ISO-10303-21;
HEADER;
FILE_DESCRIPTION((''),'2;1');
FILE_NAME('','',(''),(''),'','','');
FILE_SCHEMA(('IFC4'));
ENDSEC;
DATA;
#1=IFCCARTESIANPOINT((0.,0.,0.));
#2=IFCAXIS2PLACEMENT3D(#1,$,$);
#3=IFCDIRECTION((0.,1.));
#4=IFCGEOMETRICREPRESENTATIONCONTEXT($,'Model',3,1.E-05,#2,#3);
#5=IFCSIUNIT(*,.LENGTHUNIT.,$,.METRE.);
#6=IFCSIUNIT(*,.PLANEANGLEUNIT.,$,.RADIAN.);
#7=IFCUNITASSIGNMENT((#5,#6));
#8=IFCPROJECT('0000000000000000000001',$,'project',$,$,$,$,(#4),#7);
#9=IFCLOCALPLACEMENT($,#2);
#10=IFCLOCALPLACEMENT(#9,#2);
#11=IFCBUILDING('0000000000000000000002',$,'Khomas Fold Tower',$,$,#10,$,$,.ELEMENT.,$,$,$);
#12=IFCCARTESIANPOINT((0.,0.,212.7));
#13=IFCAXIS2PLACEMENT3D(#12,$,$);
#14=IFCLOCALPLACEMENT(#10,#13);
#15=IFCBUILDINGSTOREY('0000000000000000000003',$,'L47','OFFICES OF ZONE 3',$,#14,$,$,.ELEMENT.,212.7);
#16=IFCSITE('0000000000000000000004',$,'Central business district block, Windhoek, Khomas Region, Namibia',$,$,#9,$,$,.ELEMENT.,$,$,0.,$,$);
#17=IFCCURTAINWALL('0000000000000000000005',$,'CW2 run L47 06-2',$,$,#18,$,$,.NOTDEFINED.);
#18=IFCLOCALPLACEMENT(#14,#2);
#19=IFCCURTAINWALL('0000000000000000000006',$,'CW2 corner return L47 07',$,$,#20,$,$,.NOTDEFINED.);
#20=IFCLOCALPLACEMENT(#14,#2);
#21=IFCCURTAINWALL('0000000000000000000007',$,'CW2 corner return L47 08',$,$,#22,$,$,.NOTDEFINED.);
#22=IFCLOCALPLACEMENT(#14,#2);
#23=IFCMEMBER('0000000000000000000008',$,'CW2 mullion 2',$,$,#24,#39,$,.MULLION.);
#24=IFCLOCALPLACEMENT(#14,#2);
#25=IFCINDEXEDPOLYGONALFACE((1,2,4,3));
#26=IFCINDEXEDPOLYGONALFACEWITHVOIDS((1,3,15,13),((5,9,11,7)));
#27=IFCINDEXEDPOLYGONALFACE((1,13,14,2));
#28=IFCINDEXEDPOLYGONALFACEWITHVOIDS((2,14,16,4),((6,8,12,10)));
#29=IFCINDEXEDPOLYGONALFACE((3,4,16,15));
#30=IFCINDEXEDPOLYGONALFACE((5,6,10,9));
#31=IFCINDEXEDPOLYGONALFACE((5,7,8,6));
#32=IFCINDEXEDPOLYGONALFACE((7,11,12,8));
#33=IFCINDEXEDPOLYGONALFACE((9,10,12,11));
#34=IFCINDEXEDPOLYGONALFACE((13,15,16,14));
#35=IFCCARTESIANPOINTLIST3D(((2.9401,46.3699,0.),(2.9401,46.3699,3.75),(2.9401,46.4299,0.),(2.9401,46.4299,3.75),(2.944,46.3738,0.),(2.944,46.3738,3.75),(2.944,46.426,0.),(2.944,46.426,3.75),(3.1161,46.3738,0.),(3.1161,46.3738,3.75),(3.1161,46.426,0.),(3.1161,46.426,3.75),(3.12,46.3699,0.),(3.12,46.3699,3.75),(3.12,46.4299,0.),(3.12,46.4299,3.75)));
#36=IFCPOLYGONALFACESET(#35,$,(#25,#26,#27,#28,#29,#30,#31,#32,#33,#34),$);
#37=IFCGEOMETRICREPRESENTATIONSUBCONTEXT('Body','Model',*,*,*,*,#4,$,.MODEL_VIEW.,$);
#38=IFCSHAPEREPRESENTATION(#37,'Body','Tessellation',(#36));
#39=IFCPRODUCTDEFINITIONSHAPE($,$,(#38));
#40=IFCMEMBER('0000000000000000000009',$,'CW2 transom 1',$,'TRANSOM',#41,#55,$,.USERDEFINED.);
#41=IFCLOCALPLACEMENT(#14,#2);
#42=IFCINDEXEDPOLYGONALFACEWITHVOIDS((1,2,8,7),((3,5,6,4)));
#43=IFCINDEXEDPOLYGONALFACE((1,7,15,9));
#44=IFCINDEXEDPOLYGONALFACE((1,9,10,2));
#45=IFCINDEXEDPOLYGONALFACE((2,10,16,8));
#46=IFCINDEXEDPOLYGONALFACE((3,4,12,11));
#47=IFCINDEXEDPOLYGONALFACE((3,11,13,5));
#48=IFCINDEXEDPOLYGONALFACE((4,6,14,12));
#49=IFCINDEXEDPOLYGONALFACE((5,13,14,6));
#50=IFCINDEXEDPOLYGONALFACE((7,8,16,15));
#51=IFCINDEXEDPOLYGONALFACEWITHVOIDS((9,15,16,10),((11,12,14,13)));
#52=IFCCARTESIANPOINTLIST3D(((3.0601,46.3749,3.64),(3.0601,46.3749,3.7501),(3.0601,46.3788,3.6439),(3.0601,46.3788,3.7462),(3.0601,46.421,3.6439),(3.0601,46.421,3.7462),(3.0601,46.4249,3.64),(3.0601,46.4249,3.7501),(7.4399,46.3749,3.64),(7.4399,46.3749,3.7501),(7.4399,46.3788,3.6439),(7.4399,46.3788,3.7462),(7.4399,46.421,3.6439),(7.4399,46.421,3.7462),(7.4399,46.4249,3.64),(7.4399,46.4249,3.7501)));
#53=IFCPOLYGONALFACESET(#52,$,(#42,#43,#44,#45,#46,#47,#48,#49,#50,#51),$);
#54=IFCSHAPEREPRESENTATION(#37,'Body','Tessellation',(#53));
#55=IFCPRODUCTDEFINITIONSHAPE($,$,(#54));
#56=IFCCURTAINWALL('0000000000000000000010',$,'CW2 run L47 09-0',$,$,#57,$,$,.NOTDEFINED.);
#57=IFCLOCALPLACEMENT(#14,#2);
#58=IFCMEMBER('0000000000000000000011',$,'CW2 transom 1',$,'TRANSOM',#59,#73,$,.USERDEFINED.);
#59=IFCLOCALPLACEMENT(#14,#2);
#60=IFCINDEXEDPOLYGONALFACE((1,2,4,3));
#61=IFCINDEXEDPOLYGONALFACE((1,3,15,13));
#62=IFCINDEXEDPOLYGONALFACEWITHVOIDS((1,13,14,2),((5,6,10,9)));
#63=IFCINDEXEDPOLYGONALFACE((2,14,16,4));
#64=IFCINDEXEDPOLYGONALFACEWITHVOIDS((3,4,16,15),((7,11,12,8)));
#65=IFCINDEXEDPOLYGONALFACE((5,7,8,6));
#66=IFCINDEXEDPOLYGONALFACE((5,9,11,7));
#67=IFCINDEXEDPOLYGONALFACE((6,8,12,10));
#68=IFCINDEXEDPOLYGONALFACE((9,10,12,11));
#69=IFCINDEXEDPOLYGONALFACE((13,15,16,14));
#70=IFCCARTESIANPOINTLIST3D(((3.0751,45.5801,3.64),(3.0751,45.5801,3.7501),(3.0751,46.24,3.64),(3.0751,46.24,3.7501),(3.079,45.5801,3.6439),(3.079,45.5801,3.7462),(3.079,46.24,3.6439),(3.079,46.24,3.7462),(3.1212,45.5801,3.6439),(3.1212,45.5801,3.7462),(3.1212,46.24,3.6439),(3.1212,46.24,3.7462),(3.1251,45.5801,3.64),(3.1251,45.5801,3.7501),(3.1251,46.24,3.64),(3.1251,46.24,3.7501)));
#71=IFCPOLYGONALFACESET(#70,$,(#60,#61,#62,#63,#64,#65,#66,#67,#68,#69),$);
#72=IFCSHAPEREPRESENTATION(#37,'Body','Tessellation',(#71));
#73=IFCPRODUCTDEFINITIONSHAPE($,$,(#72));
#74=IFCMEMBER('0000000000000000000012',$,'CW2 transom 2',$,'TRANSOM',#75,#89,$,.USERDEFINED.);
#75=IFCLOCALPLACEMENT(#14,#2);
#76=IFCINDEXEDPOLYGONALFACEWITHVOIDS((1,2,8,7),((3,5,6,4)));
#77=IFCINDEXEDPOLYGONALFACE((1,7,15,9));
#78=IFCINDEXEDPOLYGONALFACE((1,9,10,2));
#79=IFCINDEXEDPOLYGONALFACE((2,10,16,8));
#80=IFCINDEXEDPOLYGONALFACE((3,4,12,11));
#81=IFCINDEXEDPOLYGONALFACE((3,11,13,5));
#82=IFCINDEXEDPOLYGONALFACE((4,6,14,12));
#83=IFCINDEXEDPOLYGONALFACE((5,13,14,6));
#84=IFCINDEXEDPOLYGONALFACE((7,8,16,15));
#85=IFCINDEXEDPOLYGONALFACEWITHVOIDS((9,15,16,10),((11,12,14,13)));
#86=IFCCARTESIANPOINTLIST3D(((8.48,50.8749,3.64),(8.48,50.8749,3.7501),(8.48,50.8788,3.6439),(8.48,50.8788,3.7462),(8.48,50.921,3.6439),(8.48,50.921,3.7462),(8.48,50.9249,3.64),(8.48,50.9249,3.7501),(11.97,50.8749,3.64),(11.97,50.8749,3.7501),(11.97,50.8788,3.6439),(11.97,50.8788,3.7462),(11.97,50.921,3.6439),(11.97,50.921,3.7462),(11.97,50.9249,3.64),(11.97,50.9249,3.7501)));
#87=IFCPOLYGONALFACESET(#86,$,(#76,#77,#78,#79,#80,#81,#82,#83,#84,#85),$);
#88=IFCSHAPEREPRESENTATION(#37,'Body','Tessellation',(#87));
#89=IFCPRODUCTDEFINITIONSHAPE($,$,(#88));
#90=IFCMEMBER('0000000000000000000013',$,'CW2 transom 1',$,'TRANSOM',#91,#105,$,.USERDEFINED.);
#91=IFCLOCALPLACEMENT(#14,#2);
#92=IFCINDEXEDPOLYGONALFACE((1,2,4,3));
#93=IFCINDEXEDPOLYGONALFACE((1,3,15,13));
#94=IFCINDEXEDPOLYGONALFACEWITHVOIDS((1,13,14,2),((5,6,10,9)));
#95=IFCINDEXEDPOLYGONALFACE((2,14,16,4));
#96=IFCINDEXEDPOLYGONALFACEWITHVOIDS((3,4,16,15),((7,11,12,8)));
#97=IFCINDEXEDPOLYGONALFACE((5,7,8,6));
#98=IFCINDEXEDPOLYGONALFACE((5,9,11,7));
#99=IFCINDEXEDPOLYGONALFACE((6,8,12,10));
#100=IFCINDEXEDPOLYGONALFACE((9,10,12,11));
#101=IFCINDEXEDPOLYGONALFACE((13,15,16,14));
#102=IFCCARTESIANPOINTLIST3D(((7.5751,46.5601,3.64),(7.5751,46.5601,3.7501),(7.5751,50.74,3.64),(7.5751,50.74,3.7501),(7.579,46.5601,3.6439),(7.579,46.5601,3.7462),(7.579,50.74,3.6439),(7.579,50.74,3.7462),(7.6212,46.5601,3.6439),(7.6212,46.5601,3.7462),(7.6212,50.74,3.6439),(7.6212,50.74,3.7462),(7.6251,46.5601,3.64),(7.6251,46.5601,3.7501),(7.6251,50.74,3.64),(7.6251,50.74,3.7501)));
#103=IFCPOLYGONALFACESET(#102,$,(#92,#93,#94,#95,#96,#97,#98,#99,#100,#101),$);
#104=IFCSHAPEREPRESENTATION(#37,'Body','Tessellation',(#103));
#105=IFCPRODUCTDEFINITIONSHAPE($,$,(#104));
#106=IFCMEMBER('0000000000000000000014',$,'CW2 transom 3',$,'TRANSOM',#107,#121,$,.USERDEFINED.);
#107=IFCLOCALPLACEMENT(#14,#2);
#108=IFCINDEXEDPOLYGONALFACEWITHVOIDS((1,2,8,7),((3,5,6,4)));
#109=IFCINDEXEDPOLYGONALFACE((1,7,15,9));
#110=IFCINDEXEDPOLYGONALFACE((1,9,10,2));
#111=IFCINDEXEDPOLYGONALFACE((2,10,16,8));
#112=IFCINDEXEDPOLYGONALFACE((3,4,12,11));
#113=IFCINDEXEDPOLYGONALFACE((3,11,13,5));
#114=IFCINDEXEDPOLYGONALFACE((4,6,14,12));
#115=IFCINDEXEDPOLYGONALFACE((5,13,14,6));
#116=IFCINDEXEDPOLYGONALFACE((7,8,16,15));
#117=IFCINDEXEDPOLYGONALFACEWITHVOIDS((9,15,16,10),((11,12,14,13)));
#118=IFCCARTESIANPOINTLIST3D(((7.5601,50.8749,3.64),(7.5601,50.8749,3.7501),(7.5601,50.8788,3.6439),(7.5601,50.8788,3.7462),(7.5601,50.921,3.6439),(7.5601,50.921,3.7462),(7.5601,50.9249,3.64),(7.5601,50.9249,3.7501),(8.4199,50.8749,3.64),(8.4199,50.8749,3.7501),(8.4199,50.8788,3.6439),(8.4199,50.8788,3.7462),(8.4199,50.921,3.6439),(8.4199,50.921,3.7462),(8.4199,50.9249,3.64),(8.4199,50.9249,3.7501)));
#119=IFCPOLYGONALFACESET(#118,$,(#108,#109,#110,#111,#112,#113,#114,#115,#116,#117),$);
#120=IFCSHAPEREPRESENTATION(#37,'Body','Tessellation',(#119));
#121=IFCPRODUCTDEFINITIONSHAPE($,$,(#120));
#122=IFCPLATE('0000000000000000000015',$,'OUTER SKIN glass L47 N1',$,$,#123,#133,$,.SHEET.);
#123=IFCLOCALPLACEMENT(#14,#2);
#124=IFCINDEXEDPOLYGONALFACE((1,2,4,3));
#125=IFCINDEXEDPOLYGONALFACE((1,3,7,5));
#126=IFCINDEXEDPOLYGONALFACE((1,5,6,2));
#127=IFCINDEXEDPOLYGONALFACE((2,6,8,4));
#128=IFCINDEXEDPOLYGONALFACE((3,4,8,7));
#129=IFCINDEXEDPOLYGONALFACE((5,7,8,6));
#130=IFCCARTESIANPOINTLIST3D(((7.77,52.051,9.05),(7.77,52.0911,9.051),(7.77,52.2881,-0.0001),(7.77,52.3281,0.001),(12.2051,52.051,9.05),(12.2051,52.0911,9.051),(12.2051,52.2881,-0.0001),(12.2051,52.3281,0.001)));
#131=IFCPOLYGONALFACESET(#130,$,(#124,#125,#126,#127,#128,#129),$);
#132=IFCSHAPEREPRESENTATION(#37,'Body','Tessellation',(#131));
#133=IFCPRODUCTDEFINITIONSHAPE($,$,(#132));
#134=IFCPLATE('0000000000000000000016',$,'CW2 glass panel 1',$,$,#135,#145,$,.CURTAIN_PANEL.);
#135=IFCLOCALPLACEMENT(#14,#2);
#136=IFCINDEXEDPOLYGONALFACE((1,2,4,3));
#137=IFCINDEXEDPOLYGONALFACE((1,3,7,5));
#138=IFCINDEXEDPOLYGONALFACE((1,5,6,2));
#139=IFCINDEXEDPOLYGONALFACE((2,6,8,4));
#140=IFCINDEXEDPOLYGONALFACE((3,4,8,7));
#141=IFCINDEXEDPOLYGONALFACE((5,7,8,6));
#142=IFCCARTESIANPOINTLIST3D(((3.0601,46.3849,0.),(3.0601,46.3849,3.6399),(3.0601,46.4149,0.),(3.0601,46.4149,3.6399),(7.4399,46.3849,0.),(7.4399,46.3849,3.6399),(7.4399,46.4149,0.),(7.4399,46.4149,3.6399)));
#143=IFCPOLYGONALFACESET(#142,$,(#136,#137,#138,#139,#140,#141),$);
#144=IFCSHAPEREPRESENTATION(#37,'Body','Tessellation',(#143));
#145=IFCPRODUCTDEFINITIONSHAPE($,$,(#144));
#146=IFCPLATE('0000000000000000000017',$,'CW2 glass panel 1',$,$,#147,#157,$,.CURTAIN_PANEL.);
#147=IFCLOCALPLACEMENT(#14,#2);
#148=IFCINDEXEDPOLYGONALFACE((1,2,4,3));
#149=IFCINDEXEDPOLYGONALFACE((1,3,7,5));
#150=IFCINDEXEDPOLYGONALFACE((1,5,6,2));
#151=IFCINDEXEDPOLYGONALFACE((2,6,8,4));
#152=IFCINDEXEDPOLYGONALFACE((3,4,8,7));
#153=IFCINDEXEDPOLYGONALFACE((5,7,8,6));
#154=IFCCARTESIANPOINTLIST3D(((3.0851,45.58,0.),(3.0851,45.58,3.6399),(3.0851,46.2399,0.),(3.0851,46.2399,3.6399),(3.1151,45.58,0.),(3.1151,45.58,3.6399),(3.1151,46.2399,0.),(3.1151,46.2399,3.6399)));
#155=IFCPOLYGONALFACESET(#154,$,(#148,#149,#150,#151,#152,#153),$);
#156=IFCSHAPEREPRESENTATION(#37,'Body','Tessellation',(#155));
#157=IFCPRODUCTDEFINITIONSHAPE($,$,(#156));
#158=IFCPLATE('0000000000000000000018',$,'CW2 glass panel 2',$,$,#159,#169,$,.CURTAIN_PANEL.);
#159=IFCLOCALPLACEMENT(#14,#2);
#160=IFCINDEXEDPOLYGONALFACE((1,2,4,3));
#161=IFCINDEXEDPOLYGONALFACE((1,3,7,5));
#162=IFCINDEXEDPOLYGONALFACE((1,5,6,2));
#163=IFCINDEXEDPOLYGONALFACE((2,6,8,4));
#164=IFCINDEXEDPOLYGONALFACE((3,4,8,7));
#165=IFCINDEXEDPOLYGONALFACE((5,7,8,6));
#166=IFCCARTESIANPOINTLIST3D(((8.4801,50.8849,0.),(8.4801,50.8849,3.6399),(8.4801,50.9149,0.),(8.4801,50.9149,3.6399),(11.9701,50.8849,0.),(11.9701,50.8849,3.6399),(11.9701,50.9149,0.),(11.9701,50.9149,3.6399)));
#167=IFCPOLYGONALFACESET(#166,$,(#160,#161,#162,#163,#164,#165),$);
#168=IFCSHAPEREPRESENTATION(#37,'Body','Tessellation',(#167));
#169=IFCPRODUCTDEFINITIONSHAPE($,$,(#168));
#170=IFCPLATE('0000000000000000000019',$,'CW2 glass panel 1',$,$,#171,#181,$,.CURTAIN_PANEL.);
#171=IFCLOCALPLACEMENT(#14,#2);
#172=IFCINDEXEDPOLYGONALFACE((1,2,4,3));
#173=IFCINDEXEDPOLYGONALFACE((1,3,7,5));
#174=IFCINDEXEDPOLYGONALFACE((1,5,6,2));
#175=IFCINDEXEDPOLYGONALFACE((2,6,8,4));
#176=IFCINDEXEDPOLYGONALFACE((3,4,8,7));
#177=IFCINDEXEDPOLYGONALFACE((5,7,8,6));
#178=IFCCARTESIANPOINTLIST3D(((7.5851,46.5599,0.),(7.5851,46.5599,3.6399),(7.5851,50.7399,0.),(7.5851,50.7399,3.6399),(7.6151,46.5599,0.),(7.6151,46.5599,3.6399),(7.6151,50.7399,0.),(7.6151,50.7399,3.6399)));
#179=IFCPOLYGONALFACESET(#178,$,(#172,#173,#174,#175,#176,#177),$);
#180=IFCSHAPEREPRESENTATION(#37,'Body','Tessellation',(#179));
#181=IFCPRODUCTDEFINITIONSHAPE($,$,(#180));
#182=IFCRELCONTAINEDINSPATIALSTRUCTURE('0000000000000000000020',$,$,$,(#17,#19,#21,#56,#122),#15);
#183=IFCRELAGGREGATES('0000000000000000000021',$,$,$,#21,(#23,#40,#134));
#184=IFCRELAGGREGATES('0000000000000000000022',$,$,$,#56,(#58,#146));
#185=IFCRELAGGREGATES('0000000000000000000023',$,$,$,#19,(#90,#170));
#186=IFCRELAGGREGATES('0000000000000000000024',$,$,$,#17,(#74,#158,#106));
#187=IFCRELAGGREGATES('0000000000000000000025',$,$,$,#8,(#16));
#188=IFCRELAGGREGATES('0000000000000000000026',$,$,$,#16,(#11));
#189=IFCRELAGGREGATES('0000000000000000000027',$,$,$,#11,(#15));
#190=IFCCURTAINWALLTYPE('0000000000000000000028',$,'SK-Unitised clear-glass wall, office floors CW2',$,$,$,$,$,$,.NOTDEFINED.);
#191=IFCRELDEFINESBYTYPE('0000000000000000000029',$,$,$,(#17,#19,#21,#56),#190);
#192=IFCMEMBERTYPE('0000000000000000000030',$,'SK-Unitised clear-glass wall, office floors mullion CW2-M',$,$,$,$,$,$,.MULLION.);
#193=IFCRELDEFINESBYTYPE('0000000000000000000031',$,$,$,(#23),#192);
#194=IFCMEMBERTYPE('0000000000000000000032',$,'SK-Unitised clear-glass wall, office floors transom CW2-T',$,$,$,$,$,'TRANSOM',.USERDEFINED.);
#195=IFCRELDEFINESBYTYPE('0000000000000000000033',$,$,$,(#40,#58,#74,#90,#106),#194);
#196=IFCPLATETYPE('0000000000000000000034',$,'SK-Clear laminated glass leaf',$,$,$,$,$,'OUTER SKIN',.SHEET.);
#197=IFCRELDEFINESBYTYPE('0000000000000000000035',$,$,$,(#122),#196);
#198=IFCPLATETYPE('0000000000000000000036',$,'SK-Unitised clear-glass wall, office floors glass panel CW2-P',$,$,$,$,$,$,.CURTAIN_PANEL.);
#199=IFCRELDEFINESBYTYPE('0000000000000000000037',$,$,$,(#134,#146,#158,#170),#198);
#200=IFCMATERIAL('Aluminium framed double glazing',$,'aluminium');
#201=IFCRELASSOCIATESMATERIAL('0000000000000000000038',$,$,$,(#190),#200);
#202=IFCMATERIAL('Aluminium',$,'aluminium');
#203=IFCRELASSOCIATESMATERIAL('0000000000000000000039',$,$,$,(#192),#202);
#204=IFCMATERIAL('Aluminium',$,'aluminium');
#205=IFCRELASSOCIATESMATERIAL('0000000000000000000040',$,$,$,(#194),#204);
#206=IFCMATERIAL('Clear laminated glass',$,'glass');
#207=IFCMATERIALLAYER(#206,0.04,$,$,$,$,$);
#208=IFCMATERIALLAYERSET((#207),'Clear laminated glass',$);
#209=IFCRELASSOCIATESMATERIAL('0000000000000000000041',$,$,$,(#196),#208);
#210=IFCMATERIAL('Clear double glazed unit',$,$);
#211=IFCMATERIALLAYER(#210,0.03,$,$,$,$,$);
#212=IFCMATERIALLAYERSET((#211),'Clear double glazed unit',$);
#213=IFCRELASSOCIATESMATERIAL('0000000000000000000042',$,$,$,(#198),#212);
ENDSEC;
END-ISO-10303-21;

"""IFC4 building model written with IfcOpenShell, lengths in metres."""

from ifc_helpers import new_model, si_unit, direction, frame, origin, origin_2d, place, context, subcontext, project, spatial, polyline, rectangle, hollow_rectangle, outline, extrude, source, transform, mapped, material, layer, layer_set, material_profile, profile_set, type_object, element, aggregate, save


model = new_model("IFC4")

# Units and contexts
model_context = context("Model", 3, precision=1e-05, world=origin(), true_north=direction((0.0, 1.0)))
body_context = subcontext(model_context, "Body", "Model", "MODEL_VIEW")
ifc_project = project(units=[si_unit("LENGTHUNIT", "METRE"), si_unit("PLANEANGLEUNIT", "RADIAN")], contexts=[model_context])

# Site, building, storey
site_placement = place(None, origin())
site = spatial("IfcSite", under=ifc_project, at=site_placement, Name="Central business district block, Windhoek, Khomas Region, Namibia", CompositionType="ELEMENT", RefElevation=0.0)
building_placement = place(site_placement, origin())
building = spatial("IfcBuilding", under=site, at=building_placement, Name="Khomas Fold Tower", CompositionType="ELEMENT")
storey_placement = place(building_placement, frame((0.0, 0.0, 212.7)))
storey = spatial("IfcBuildingStorey", under=building, at=storey_placement, Name="L47", Description="OFFICES OF ZONE 3", CompositionType="ELEMENT", Elevation=212.7)

# Curtain walls, members
ifc_material_1 = material(Name="Aluminium framed double glazing", Category="aluminium")
curtain_wall_type = type_object("IfcCurtainWallType", Name="SK-Unitised clear-glass wall, office floors CW2", PredefinedType="NOTDEFINED", material=ifc_material_1)
curtain_wall_1_placement = place(storey_placement, origin())
curtain_wall_1 = element("IfcCurtainWall", 1, at=curtain_wall_1_placement, inside=storey, type_object=curtain_wall_type, Name="CW2 run L47 06-2", PredefinedType="NOTDEFINED")
ifc_material_2 = material(Name="Aluminium", Category="aluminium")
ifc_material_profile_1 = material_profile(ifc_material_2, hollow_rectangle(XDim=0.0601, YDim=0.1799, WallThickness=0.0039, at=origin_2d()), Name="SK-Unitised clear-glass wall, office floors mullion CW2-M")
ifc_profile_set_1 = profile_set([ifc_material_profile_1], Name="Aluminium")
member_type_1 = type_object("IfcMemberType", Name="SK-Unitised clear-glass wall, office floors mullion CW2-M", PredefinedType="MULLION", material=ifc_profile_set_1)
shared_shape_1 = source(origin(), body_context, "Body", "SweptSolid", [
    extrude(hollow_rectangle(XDim=0.0601, YDim=0.1799, WallThickness=0.0039, at=origin_2d()), origin(), (0.0, 0.0, 1.0), 3.75),
])
curtain_wall_2_placement = place(storey_placement, origin())
curtain_wall_2 = element("IfcCurtainWall", 2, at=curtain_wall_2_placement, inside=storey, type_object=curtain_wall_type, Name="CW2 corner return L47 07", PredefinedType="NOTDEFINED")
curtain_wall_3_placement = place(storey_placement, origin())
curtain_wall_3 = element("IfcCurtainWall", 3, at=curtain_wall_3_placement, inside=storey, type_object=curtain_wall_type, Name="CW2 corner return L47 08", PredefinedType="NOTDEFINED")
member_1_placement = place(storey_placement, frame((3.03, 46.3999, 0.0), z_axis=(0.0, 0.0, 1.0), x_axis=(0.0, -1.0, 0.0)))
member_1 = element("IfcMember", 4, at=member_1_placement, type_object=member_type_1, Name="CW2 mullion 2", PredefinedType="MULLION", context=body_context, shape_type="MappedRepresentation", body=[
    mapped(shared_shape_1, transform((0.0, 0.0, 0.0))),
])
ifc_material_3 = material(Name="Aluminium", Category="aluminium")
ifc_material_profile_2 = material_profile(ifc_material_3, hollow_rectangle(XDim=0.05, YDim=0.1101, WallThickness=0.0039, at=origin_2d()), Name="SK-Unitised clear-glass wall, office floors transom CW2-T")
ifc_profile_set_2 = profile_set([ifc_material_profile_2], Name="Aluminium")
member_type_2 = type_object("IfcMemberType", Name="SK-Unitised clear-glass wall, office floors transom CW2-T", ElementType="TRANSOM", PredefinedType="USERDEFINED", material=ifc_profile_set_2)
shared_shape_2 = source(origin(), body_context, "Body", "SweptSolid", [
    extrude(hollow_rectangle(XDim=0.05, YDim=0.1101, WallThickness=0.0039, at=origin_2d()), origin(), (0.0, 0.0, 1.0), 4.3799),
])
member_2_placement = place(storey_placement, frame((7.4399, 46.3999, 3.6951), z_axis=(-1.0, 0.0, 0.0), x_axis=(0.0, -1.0, 0.0)))
member_2 = element("IfcMember", 5, at=member_2_placement, type_object=member_type_2, Name="CW2 transom 1", ObjectType="TRANSOM", PredefinedType="USERDEFINED", context=body_context, shape_type="MappedRepresentation", body=[
    mapped(shared_shape_2, transform((0.0, 0.0, 0.0))),
])

# Curtain wall, member
curtain_wall_4_placement = place(storey_placement, origin())
curtain_wall_4 = element("IfcCurtainWall", 6, at=curtain_wall_4_placement, inside=storey, type_object=curtain_wall_type, Name="CW2 run L47 09-0", PredefinedType="NOTDEFINED")
shared_shape_3 = source(origin(), body_context, "Body", "SweptSolid", [
    extrude(hollow_rectangle(XDim=0.05, YDim=0.1101, WallThickness=0.0039, at=origin_2d()), origin(), (0.0, 0.0, 1.0), 0.6599),
])
member_3_placement = place(storey_placement, frame((3.1001, 46.24, 3.6951), z_axis=(0.0, -1.0, 0.0), x_axis=(1.0, 0.0, 0.0)))
member_3 = element("IfcMember", 7, at=member_3_placement, type_object=member_type_2, Name="CW2 transom 1", ObjectType="TRANSOM", PredefinedType="USERDEFINED", context=body_context, shape_type="MappedRepresentation", body=[
    mapped(shared_shape_3, transform((0.0, 0.0, 0.0))),
])

# Members
shared_shape_4 = source(origin(), body_context, "Body", "SweptSolid", [
    extrude(hollow_rectangle(XDim=0.05, YDim=0.1101, WallThickness=0.0039, at=origin_2d()), origin(), (0.0, 0.0, 1.0), 3.49),
])
member_4_placement = place(storey_placement, frame((11.97, 50.8999, 3.6951), z_axis=(-1.0, 0.0, 0.0), x_axis=(0.0, -1.0, 0.0)))
member_4 = element("IfcMember", 8, at=member_4_placement, type_object=member_type_2, Name="CW2 transom 2", ObjectType="TRANSOM", PredefinedType="USERDEFINED", context=body_context, shape_type="MappedRepresentation", body=[
    mapped(shared_shape_4, transform((0.0, 0.0, 0.0))),
])
shared_shape_5 = source(origin(), body_context, "Body", "SweptSolid", [
    extrude(hollow_rectangle(XDim=0.05, YDim=0.1101, WallThickness=0.0039, at=origin_2d()), origin(), (0.0, 0.0, 1.0), 4.1799),
])
member_5_placement = place(storey_placement, frame((7.6001, 50.74, 3.6951), z_axis=(0.0, -1.0, 0.0), x_axis=(1.0, 0.0, 0.0)))
member_5 = element("IfcMember", 9, at=member_5_placement, type_object=member_type_2, Name="CW2 transom 1", ObjectType="TRANSOM", PredefinedType="USERDEFINED", context=body_context, shape_type="MappedRepresentation", body=[
    mapped(shared_shape_5, transform((0.0, 0.0, 0.0))),
])
shared_shape_6 = source(origin(), body_context, "Body", "SweptSolid", [
    extrude(hollow_rectangle(XDim=0.05, YDim=0.1101, WallThickness=0.0039, at=origin_2d()), origin(), (0.0, 0.0, 1.0), 0.8599),
])
member_6_placement = place(storey_placement, frame((8.4199, 50.8999, 3.6951), z_axis=(-1.0, 0.0, 0.0), x_axis=(0.0, -1.0, 0.0)))
member_6 = element("IfcMember", 10, at=member_6_placement, type_object=member_type_2, Name="CW2 transom 3", ObjectType="TRANSOM", PredefinedType="USERDEFINED", context=body_context, shape_type="MappedRepresentation", body=[
    mapped(shared_shape_6, transform((0.0, 0.0, 0.0))),
])

# Plates
ifc_material_4 = material(Name="Clear laminated glass", Category="glass")
ifc_layer_1 = layer(ifc_material_4, 0.04)
ifc_layer_set_1 = layer_set([ifc_layer_1], Name="Clear laminated glass")
plate_type_1 = type_object("IfcPlateType", Name="SK-Clear laminated glass leaf", ElementType="OUTER SKIN", PredefinedType="SHEET", material=ifc_layer_set_1)
plate_1_placement = place(storey_placement, frame((7.77, 52.3281, 0.001), z_axis=(0.0, 0.999657, 0.026185), x_axis=(1.0, 0.0, 0.0)))
element("IfcPlate", 11, at=plate_1_placement, inside=storey, type_object=plate_type_1, Name="OUTER SKIN glass L47 N1", PredefinedType="SHEET", context=body_context, shape_type="SweptSolid", body=[
    extrude(outline(polyline([(0.0, 0.0), (4.4351, 0.0), (4.4351, -9.0532), (0.0, -9.0532), (0.0, 0.0)])), origin(), (0.0, 0.0, -1.0), 0.04),
])
ifc_material_5 = material(Name="Clear double glazed unit")
ifc_layer_2 = layer(ifc_material_5, 0.03)
ifc_layer_set_2 = layer_set([ifc_layer_2], Name="Clear double glazed unit")
plate_type_2 = type_object("IfcPlateType", Name="SK-Unitised clear-glass wall, office floors glass panel CW2-P", PredefinedType="CURTAIN_PANEL", material=ifc_layer_set_2)
shared_shape_7 = source(origin(), body_context, "Body", "SweptSolid", [
    extrude(rectangle(XDim=4.3799, YDim=0.03, at=origin_2d()), origin(), (0.0, 0.0, 1.0), 3.6399),
])
plate_2_placement = place(storey_placement, frame((5.25, 46.3999, 0.0), z_axis=(0.0, 0.0, 1.0), x_axis=(-1.0, 0.0, 0.0)))
plate_2 = element("IfcPlate", 12, at=plate_2_placement, type_object=plate_type_2, Name="CW2 glass panel 1", PredefinedType="CURTAIN_PANEL", context=body_context, shape_type="MappedRepresentation", body=[
    mapped(shared_shape_7, transform((0.0, 0.0, 0.0))),
])
aggregate(curtain_wall_3, [member_1, member_2, plate_2])
shared_shape_8 = source(origin(), body_context, "Body", "SweptSolid", [
    extrude(rectangle(XDim=0.6599, YDim=0.03, at=origin_2d()), origin(), (0.0, 0.0, 1.0), 3.6399),
])
plate_3_placement = place(storey_placement, frame((3.1001, 45.9099, 0.0), z_axis=(0.0, 0.0, 1.0), x_axis=(0.0, -1.0, 0.0)))
plate_3 = element("IfcPlate", 13, at=plate_3_placement, type_object=plate_type_2, Name="CW2 glass panel 1", PredefinedType="CURTAIN_PANEL", context=body_context, shape_type="MappedRepresentation", body=[
    mapped(shared_shape_8, transform((0.0, 0.0, 0.0))),
])
aggregate(curtain_wall_4, [member_3, plate_3])
shared_shape_9 = source(origin(), body_context, "Body", "SweptSolid", [
    extrude(rectangle(XDim=3.49, YDim=0.03, at=origin_2d()), origin(), (0.0, 0.0, 1.0), 3.6399),
])
plate_4_placement = place(storey_placement, frame((10.2251, 50.8999, 0.0), z_axis=(0.0, 0.0, 1.0), x_axis=(-1.0, 0.0, 0.0)))
plate_4 = element("IfcPlate", 14, at=plate_4_placement, type_object=plate_type_2, Name="CW2 glass panel 2", PredefinedType="CURTAIN_PANEL", context=body_context, shape_type="MappedRepresentation", body=[
    mapped(shared_shape_9, transform((0.0, 0.0, 0.0))),
])
shared_shape_10 = source(origin(), body_context, "Body", "SweptSolid", [
    extrude(rectangle(XDim=4.1799, YDim=0.03, at=origin_2d()), origin(), (0.0, 0.0, 1.0), 3.6399),
])
plate_5_placement = place(storey_placement, frame((7.6001, 48.6499, 0.0), z_axis=(0.0, 0.0, 1.0), x_axis=(0.0, -1.0, 0.0)))
plate_5 = element("IfcPlate", 15, at=plate_5_placement, type_object=plate_type_2, Name="CW2 glass panel 1", PredefinedType="CURTAIN_PANEL", context=body_context, shape_type="MappedRepresentation", body=[
    mapped(shared_shape_10, transform((0.0, 0.0, 0.0))),
])
aggregate(curtain_wall_2, [member_5, plate_5])
aggregate(curtain_wall_1, [member_4, plate_4, member_6])

save(model, "model.ifc")
